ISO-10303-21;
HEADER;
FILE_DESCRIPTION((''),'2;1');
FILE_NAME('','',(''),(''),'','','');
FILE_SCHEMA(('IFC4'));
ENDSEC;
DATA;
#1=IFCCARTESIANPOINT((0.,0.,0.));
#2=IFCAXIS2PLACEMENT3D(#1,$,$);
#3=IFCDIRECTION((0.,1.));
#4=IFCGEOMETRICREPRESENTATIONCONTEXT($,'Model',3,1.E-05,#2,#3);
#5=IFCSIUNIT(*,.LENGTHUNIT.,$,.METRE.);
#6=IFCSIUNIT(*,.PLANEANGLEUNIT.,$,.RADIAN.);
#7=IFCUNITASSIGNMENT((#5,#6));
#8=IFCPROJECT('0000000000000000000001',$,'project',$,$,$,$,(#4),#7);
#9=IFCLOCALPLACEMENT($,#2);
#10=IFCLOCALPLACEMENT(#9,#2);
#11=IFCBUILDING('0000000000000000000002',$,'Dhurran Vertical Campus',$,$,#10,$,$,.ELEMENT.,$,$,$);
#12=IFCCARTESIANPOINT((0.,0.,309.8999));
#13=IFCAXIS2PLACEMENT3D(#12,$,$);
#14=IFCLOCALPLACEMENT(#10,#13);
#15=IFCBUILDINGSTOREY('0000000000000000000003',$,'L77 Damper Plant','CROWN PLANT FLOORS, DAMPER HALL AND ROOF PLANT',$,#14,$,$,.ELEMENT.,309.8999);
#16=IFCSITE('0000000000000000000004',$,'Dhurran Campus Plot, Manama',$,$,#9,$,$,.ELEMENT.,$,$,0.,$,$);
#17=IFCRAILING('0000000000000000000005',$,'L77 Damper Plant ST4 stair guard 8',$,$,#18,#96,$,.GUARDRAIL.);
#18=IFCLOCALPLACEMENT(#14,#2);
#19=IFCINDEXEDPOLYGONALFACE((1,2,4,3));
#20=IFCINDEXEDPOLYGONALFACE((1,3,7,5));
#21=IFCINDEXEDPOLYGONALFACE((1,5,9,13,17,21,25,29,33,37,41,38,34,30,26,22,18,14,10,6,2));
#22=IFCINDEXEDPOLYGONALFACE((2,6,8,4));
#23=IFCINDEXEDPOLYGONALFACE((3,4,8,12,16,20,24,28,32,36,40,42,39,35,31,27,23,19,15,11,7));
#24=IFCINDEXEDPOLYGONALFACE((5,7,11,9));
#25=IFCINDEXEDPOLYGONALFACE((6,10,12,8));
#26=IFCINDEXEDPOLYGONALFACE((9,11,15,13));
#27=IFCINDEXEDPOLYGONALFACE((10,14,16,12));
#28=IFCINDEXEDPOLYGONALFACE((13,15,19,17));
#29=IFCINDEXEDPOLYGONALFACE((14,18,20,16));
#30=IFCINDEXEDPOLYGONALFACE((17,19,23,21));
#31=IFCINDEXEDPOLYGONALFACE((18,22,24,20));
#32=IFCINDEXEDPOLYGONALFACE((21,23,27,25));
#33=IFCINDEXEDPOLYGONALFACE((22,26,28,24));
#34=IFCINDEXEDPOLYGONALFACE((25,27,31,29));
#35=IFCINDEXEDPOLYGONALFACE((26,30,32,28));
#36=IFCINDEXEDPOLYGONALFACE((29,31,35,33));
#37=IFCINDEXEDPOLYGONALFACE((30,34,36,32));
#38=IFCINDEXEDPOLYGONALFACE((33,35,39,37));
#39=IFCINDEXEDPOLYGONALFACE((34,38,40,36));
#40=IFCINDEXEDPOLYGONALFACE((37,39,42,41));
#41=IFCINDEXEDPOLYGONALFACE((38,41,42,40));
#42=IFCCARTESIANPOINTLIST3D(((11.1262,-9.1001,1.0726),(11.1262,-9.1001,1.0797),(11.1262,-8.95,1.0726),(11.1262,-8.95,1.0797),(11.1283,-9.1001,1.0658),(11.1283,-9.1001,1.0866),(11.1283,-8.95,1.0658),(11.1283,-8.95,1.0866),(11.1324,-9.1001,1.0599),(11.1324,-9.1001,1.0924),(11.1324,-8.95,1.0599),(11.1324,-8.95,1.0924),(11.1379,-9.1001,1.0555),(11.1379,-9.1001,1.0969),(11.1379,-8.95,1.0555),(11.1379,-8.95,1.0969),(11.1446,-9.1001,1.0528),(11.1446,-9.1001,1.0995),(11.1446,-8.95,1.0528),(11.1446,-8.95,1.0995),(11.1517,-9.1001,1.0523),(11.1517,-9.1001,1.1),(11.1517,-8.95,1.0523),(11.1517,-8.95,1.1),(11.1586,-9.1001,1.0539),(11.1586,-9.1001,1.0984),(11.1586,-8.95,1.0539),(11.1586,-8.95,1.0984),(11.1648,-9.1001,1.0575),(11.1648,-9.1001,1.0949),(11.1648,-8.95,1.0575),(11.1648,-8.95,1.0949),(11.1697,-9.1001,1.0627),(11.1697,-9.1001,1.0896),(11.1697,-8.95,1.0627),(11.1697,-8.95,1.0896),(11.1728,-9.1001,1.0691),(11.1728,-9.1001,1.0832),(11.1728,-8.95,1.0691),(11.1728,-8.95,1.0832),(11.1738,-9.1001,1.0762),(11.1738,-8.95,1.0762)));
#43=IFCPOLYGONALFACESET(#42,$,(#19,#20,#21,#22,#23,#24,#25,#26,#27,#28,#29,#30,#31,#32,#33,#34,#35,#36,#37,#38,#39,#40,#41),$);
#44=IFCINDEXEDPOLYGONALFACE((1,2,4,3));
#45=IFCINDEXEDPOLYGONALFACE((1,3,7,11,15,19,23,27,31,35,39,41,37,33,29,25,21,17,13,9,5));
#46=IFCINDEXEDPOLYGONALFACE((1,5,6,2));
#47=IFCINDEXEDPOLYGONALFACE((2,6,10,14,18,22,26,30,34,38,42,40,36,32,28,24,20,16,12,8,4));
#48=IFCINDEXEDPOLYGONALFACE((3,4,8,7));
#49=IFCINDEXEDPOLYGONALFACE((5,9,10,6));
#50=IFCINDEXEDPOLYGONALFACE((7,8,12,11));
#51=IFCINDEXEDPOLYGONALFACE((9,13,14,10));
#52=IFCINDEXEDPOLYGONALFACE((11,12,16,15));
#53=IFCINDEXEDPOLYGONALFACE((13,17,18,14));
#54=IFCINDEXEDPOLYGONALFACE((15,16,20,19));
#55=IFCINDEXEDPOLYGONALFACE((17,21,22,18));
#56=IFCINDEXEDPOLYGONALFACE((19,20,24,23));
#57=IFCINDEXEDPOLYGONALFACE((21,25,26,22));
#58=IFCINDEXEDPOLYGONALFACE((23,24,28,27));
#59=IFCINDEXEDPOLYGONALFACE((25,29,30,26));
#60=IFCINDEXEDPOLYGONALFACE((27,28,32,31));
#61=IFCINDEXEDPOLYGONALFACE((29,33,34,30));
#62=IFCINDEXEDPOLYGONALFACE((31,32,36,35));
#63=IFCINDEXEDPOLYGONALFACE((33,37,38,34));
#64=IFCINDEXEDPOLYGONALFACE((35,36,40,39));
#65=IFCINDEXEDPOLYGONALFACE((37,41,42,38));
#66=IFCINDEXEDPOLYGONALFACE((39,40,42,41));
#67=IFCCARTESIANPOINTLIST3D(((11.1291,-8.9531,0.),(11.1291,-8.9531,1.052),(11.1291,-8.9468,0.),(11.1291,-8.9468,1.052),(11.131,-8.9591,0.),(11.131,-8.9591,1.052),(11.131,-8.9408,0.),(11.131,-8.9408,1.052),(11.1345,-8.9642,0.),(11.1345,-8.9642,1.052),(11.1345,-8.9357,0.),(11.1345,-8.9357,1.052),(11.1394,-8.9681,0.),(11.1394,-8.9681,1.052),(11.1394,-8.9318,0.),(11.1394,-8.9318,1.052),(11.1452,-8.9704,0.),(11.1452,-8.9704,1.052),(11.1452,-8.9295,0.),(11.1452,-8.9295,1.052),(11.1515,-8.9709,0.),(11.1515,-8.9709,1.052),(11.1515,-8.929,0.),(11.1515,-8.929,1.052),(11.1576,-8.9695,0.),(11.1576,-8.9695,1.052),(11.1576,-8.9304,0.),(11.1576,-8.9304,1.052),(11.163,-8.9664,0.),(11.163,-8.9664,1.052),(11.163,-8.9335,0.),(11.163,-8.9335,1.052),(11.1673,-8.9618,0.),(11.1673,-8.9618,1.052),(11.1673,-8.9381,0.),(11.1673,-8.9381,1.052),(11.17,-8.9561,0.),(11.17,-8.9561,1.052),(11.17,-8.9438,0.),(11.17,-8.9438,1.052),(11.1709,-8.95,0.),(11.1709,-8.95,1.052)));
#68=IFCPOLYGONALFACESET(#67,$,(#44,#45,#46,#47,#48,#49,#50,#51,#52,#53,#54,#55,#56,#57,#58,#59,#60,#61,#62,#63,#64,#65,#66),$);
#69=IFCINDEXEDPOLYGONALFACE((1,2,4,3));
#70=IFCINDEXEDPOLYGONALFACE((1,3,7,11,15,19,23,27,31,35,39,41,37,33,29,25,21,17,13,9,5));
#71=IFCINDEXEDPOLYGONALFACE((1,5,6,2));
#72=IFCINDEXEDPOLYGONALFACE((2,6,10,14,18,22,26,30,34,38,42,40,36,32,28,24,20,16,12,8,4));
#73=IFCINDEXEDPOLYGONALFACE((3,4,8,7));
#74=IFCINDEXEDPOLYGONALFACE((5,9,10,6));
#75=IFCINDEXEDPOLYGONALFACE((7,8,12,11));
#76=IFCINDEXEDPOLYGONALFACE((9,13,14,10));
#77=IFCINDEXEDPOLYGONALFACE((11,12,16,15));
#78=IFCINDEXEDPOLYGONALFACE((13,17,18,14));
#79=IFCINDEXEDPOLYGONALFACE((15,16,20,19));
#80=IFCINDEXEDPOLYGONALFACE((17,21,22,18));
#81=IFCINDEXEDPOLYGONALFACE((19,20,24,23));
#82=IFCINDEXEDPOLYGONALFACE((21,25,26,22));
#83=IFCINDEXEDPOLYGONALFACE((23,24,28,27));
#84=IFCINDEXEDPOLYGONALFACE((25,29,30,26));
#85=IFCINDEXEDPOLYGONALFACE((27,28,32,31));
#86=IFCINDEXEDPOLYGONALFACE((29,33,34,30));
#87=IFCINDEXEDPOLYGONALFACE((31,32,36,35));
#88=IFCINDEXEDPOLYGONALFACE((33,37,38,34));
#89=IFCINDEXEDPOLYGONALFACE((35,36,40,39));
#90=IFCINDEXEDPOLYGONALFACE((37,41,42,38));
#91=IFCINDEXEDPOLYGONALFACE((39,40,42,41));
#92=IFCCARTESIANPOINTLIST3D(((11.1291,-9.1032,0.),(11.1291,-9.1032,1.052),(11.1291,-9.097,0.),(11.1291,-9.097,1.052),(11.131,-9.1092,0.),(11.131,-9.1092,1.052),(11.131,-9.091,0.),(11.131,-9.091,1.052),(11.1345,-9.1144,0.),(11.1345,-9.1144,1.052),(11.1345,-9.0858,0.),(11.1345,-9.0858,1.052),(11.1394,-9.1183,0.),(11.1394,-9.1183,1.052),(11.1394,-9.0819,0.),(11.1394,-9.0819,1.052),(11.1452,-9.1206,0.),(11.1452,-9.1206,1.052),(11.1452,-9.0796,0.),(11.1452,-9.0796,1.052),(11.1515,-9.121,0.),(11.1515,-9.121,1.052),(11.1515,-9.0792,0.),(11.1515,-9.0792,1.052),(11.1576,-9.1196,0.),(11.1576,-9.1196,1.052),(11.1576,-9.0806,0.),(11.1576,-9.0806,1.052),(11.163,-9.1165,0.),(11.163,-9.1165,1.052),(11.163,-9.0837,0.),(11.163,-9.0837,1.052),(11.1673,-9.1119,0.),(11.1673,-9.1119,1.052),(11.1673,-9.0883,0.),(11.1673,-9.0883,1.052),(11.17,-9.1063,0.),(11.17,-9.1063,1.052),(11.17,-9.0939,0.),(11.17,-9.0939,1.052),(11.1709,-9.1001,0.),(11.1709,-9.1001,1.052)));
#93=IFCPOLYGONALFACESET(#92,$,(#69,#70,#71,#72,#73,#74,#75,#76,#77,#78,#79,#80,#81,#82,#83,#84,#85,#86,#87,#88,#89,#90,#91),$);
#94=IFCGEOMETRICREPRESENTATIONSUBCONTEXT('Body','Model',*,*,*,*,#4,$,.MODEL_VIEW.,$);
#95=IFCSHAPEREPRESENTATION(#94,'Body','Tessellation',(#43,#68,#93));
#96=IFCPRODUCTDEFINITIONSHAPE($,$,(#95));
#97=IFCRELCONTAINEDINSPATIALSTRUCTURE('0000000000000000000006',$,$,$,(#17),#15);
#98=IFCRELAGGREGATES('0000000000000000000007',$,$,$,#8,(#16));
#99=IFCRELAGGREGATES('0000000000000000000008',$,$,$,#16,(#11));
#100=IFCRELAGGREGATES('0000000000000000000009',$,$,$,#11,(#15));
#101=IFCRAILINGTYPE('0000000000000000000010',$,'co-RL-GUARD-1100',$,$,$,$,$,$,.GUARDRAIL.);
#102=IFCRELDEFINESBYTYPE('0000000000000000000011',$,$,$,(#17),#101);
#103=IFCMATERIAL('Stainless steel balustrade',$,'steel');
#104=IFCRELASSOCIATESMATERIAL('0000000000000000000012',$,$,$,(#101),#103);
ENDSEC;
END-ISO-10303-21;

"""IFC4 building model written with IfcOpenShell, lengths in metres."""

from ifc_helpers import new_model, si_unit, direction, frame, origin, origin_2d, place, context, subcontext, project, spatial, circle, extrude, material, type_object, element, save


model = new_model("IFC4")

# Units and contexts
model_context = context("Model", 3, precision=1e-05, world=origin(), true_north=direction((0.0, 1.0)))
body_context = subcontext(model_context, "Body", "Model", "MODEL_VIEW")
ifc_project = project(units=[si_unit("LENGTHUNIT", "METRE"), si_unit("PLANEANGLEUNIT", "RADIAN")], contexts=[model_context])

# Site, building, storey
site_placement = place(None, origin())
site = spatial("IfcSite", under=ifc_project, at=site_placement, Name="Dhurran Campus Plot, Manama", CompositionType="ELEMENT", RefElevation=0.0)
building_placement = place(site_placement, origin())
building = spatial("IfcBuilding", under=site, at=building_placement, Name="Dhurran Vertical Campus", CompositionType="ELEMENT")
storey_placement = place(building_placement, frame((0.0, 0.0, 309.8999)))
storey = spatial("IfcBuildingStorey", under=building, at=storey_placement, Name="L77 Damper Plant", Description="CROWN PLANT FLOORS, DAMPER HALL AND ROOF PLANT", CompositionType="ELEMENT", Elevation=309.8999)

# Railing
ifc_material_1 = material(Name="Stainless steel balustrade", Category="steel")
railing_type_1 = type_object("IfcRailingType", Name="co-RL-GUARD-1100", PredefinedType="GUARDRAIL", material=ifc_material_1)
railing_placement = place(storey_placement, frame((11.1499, -8.95, 0.0)))
element("IfcRailing", 1, at=railing_placement, inside=storey, type_object=railing_type_1, Name="L77 Damper Plant ST4 stair guard 8", PredefinedType="GUARDRAIL", context=body_context, shape_type="SweptSolid", body=[
    extrude(circle(Radius=0.0239, at=origin_2d()), frame((0.0, 0.0, 1.0762), z_axis=(0.0, -1.0, 0.0), x_axis=(1.0, 0.0, 0.0)), (0.0, 0.0, 1.0), 0.1501),
    extrude(circle(Radius=0.021, at=origin_2d()), origin(), (0.0, 0.0, 1.0), 1.052),
    extrude(circle(Radius=0.021, at=origin_2d()), frame((0.0, -0.1501, 0.0)), (0.0, 0.0, 1.0), 1.052),
])

save(model, "model.ifc")
